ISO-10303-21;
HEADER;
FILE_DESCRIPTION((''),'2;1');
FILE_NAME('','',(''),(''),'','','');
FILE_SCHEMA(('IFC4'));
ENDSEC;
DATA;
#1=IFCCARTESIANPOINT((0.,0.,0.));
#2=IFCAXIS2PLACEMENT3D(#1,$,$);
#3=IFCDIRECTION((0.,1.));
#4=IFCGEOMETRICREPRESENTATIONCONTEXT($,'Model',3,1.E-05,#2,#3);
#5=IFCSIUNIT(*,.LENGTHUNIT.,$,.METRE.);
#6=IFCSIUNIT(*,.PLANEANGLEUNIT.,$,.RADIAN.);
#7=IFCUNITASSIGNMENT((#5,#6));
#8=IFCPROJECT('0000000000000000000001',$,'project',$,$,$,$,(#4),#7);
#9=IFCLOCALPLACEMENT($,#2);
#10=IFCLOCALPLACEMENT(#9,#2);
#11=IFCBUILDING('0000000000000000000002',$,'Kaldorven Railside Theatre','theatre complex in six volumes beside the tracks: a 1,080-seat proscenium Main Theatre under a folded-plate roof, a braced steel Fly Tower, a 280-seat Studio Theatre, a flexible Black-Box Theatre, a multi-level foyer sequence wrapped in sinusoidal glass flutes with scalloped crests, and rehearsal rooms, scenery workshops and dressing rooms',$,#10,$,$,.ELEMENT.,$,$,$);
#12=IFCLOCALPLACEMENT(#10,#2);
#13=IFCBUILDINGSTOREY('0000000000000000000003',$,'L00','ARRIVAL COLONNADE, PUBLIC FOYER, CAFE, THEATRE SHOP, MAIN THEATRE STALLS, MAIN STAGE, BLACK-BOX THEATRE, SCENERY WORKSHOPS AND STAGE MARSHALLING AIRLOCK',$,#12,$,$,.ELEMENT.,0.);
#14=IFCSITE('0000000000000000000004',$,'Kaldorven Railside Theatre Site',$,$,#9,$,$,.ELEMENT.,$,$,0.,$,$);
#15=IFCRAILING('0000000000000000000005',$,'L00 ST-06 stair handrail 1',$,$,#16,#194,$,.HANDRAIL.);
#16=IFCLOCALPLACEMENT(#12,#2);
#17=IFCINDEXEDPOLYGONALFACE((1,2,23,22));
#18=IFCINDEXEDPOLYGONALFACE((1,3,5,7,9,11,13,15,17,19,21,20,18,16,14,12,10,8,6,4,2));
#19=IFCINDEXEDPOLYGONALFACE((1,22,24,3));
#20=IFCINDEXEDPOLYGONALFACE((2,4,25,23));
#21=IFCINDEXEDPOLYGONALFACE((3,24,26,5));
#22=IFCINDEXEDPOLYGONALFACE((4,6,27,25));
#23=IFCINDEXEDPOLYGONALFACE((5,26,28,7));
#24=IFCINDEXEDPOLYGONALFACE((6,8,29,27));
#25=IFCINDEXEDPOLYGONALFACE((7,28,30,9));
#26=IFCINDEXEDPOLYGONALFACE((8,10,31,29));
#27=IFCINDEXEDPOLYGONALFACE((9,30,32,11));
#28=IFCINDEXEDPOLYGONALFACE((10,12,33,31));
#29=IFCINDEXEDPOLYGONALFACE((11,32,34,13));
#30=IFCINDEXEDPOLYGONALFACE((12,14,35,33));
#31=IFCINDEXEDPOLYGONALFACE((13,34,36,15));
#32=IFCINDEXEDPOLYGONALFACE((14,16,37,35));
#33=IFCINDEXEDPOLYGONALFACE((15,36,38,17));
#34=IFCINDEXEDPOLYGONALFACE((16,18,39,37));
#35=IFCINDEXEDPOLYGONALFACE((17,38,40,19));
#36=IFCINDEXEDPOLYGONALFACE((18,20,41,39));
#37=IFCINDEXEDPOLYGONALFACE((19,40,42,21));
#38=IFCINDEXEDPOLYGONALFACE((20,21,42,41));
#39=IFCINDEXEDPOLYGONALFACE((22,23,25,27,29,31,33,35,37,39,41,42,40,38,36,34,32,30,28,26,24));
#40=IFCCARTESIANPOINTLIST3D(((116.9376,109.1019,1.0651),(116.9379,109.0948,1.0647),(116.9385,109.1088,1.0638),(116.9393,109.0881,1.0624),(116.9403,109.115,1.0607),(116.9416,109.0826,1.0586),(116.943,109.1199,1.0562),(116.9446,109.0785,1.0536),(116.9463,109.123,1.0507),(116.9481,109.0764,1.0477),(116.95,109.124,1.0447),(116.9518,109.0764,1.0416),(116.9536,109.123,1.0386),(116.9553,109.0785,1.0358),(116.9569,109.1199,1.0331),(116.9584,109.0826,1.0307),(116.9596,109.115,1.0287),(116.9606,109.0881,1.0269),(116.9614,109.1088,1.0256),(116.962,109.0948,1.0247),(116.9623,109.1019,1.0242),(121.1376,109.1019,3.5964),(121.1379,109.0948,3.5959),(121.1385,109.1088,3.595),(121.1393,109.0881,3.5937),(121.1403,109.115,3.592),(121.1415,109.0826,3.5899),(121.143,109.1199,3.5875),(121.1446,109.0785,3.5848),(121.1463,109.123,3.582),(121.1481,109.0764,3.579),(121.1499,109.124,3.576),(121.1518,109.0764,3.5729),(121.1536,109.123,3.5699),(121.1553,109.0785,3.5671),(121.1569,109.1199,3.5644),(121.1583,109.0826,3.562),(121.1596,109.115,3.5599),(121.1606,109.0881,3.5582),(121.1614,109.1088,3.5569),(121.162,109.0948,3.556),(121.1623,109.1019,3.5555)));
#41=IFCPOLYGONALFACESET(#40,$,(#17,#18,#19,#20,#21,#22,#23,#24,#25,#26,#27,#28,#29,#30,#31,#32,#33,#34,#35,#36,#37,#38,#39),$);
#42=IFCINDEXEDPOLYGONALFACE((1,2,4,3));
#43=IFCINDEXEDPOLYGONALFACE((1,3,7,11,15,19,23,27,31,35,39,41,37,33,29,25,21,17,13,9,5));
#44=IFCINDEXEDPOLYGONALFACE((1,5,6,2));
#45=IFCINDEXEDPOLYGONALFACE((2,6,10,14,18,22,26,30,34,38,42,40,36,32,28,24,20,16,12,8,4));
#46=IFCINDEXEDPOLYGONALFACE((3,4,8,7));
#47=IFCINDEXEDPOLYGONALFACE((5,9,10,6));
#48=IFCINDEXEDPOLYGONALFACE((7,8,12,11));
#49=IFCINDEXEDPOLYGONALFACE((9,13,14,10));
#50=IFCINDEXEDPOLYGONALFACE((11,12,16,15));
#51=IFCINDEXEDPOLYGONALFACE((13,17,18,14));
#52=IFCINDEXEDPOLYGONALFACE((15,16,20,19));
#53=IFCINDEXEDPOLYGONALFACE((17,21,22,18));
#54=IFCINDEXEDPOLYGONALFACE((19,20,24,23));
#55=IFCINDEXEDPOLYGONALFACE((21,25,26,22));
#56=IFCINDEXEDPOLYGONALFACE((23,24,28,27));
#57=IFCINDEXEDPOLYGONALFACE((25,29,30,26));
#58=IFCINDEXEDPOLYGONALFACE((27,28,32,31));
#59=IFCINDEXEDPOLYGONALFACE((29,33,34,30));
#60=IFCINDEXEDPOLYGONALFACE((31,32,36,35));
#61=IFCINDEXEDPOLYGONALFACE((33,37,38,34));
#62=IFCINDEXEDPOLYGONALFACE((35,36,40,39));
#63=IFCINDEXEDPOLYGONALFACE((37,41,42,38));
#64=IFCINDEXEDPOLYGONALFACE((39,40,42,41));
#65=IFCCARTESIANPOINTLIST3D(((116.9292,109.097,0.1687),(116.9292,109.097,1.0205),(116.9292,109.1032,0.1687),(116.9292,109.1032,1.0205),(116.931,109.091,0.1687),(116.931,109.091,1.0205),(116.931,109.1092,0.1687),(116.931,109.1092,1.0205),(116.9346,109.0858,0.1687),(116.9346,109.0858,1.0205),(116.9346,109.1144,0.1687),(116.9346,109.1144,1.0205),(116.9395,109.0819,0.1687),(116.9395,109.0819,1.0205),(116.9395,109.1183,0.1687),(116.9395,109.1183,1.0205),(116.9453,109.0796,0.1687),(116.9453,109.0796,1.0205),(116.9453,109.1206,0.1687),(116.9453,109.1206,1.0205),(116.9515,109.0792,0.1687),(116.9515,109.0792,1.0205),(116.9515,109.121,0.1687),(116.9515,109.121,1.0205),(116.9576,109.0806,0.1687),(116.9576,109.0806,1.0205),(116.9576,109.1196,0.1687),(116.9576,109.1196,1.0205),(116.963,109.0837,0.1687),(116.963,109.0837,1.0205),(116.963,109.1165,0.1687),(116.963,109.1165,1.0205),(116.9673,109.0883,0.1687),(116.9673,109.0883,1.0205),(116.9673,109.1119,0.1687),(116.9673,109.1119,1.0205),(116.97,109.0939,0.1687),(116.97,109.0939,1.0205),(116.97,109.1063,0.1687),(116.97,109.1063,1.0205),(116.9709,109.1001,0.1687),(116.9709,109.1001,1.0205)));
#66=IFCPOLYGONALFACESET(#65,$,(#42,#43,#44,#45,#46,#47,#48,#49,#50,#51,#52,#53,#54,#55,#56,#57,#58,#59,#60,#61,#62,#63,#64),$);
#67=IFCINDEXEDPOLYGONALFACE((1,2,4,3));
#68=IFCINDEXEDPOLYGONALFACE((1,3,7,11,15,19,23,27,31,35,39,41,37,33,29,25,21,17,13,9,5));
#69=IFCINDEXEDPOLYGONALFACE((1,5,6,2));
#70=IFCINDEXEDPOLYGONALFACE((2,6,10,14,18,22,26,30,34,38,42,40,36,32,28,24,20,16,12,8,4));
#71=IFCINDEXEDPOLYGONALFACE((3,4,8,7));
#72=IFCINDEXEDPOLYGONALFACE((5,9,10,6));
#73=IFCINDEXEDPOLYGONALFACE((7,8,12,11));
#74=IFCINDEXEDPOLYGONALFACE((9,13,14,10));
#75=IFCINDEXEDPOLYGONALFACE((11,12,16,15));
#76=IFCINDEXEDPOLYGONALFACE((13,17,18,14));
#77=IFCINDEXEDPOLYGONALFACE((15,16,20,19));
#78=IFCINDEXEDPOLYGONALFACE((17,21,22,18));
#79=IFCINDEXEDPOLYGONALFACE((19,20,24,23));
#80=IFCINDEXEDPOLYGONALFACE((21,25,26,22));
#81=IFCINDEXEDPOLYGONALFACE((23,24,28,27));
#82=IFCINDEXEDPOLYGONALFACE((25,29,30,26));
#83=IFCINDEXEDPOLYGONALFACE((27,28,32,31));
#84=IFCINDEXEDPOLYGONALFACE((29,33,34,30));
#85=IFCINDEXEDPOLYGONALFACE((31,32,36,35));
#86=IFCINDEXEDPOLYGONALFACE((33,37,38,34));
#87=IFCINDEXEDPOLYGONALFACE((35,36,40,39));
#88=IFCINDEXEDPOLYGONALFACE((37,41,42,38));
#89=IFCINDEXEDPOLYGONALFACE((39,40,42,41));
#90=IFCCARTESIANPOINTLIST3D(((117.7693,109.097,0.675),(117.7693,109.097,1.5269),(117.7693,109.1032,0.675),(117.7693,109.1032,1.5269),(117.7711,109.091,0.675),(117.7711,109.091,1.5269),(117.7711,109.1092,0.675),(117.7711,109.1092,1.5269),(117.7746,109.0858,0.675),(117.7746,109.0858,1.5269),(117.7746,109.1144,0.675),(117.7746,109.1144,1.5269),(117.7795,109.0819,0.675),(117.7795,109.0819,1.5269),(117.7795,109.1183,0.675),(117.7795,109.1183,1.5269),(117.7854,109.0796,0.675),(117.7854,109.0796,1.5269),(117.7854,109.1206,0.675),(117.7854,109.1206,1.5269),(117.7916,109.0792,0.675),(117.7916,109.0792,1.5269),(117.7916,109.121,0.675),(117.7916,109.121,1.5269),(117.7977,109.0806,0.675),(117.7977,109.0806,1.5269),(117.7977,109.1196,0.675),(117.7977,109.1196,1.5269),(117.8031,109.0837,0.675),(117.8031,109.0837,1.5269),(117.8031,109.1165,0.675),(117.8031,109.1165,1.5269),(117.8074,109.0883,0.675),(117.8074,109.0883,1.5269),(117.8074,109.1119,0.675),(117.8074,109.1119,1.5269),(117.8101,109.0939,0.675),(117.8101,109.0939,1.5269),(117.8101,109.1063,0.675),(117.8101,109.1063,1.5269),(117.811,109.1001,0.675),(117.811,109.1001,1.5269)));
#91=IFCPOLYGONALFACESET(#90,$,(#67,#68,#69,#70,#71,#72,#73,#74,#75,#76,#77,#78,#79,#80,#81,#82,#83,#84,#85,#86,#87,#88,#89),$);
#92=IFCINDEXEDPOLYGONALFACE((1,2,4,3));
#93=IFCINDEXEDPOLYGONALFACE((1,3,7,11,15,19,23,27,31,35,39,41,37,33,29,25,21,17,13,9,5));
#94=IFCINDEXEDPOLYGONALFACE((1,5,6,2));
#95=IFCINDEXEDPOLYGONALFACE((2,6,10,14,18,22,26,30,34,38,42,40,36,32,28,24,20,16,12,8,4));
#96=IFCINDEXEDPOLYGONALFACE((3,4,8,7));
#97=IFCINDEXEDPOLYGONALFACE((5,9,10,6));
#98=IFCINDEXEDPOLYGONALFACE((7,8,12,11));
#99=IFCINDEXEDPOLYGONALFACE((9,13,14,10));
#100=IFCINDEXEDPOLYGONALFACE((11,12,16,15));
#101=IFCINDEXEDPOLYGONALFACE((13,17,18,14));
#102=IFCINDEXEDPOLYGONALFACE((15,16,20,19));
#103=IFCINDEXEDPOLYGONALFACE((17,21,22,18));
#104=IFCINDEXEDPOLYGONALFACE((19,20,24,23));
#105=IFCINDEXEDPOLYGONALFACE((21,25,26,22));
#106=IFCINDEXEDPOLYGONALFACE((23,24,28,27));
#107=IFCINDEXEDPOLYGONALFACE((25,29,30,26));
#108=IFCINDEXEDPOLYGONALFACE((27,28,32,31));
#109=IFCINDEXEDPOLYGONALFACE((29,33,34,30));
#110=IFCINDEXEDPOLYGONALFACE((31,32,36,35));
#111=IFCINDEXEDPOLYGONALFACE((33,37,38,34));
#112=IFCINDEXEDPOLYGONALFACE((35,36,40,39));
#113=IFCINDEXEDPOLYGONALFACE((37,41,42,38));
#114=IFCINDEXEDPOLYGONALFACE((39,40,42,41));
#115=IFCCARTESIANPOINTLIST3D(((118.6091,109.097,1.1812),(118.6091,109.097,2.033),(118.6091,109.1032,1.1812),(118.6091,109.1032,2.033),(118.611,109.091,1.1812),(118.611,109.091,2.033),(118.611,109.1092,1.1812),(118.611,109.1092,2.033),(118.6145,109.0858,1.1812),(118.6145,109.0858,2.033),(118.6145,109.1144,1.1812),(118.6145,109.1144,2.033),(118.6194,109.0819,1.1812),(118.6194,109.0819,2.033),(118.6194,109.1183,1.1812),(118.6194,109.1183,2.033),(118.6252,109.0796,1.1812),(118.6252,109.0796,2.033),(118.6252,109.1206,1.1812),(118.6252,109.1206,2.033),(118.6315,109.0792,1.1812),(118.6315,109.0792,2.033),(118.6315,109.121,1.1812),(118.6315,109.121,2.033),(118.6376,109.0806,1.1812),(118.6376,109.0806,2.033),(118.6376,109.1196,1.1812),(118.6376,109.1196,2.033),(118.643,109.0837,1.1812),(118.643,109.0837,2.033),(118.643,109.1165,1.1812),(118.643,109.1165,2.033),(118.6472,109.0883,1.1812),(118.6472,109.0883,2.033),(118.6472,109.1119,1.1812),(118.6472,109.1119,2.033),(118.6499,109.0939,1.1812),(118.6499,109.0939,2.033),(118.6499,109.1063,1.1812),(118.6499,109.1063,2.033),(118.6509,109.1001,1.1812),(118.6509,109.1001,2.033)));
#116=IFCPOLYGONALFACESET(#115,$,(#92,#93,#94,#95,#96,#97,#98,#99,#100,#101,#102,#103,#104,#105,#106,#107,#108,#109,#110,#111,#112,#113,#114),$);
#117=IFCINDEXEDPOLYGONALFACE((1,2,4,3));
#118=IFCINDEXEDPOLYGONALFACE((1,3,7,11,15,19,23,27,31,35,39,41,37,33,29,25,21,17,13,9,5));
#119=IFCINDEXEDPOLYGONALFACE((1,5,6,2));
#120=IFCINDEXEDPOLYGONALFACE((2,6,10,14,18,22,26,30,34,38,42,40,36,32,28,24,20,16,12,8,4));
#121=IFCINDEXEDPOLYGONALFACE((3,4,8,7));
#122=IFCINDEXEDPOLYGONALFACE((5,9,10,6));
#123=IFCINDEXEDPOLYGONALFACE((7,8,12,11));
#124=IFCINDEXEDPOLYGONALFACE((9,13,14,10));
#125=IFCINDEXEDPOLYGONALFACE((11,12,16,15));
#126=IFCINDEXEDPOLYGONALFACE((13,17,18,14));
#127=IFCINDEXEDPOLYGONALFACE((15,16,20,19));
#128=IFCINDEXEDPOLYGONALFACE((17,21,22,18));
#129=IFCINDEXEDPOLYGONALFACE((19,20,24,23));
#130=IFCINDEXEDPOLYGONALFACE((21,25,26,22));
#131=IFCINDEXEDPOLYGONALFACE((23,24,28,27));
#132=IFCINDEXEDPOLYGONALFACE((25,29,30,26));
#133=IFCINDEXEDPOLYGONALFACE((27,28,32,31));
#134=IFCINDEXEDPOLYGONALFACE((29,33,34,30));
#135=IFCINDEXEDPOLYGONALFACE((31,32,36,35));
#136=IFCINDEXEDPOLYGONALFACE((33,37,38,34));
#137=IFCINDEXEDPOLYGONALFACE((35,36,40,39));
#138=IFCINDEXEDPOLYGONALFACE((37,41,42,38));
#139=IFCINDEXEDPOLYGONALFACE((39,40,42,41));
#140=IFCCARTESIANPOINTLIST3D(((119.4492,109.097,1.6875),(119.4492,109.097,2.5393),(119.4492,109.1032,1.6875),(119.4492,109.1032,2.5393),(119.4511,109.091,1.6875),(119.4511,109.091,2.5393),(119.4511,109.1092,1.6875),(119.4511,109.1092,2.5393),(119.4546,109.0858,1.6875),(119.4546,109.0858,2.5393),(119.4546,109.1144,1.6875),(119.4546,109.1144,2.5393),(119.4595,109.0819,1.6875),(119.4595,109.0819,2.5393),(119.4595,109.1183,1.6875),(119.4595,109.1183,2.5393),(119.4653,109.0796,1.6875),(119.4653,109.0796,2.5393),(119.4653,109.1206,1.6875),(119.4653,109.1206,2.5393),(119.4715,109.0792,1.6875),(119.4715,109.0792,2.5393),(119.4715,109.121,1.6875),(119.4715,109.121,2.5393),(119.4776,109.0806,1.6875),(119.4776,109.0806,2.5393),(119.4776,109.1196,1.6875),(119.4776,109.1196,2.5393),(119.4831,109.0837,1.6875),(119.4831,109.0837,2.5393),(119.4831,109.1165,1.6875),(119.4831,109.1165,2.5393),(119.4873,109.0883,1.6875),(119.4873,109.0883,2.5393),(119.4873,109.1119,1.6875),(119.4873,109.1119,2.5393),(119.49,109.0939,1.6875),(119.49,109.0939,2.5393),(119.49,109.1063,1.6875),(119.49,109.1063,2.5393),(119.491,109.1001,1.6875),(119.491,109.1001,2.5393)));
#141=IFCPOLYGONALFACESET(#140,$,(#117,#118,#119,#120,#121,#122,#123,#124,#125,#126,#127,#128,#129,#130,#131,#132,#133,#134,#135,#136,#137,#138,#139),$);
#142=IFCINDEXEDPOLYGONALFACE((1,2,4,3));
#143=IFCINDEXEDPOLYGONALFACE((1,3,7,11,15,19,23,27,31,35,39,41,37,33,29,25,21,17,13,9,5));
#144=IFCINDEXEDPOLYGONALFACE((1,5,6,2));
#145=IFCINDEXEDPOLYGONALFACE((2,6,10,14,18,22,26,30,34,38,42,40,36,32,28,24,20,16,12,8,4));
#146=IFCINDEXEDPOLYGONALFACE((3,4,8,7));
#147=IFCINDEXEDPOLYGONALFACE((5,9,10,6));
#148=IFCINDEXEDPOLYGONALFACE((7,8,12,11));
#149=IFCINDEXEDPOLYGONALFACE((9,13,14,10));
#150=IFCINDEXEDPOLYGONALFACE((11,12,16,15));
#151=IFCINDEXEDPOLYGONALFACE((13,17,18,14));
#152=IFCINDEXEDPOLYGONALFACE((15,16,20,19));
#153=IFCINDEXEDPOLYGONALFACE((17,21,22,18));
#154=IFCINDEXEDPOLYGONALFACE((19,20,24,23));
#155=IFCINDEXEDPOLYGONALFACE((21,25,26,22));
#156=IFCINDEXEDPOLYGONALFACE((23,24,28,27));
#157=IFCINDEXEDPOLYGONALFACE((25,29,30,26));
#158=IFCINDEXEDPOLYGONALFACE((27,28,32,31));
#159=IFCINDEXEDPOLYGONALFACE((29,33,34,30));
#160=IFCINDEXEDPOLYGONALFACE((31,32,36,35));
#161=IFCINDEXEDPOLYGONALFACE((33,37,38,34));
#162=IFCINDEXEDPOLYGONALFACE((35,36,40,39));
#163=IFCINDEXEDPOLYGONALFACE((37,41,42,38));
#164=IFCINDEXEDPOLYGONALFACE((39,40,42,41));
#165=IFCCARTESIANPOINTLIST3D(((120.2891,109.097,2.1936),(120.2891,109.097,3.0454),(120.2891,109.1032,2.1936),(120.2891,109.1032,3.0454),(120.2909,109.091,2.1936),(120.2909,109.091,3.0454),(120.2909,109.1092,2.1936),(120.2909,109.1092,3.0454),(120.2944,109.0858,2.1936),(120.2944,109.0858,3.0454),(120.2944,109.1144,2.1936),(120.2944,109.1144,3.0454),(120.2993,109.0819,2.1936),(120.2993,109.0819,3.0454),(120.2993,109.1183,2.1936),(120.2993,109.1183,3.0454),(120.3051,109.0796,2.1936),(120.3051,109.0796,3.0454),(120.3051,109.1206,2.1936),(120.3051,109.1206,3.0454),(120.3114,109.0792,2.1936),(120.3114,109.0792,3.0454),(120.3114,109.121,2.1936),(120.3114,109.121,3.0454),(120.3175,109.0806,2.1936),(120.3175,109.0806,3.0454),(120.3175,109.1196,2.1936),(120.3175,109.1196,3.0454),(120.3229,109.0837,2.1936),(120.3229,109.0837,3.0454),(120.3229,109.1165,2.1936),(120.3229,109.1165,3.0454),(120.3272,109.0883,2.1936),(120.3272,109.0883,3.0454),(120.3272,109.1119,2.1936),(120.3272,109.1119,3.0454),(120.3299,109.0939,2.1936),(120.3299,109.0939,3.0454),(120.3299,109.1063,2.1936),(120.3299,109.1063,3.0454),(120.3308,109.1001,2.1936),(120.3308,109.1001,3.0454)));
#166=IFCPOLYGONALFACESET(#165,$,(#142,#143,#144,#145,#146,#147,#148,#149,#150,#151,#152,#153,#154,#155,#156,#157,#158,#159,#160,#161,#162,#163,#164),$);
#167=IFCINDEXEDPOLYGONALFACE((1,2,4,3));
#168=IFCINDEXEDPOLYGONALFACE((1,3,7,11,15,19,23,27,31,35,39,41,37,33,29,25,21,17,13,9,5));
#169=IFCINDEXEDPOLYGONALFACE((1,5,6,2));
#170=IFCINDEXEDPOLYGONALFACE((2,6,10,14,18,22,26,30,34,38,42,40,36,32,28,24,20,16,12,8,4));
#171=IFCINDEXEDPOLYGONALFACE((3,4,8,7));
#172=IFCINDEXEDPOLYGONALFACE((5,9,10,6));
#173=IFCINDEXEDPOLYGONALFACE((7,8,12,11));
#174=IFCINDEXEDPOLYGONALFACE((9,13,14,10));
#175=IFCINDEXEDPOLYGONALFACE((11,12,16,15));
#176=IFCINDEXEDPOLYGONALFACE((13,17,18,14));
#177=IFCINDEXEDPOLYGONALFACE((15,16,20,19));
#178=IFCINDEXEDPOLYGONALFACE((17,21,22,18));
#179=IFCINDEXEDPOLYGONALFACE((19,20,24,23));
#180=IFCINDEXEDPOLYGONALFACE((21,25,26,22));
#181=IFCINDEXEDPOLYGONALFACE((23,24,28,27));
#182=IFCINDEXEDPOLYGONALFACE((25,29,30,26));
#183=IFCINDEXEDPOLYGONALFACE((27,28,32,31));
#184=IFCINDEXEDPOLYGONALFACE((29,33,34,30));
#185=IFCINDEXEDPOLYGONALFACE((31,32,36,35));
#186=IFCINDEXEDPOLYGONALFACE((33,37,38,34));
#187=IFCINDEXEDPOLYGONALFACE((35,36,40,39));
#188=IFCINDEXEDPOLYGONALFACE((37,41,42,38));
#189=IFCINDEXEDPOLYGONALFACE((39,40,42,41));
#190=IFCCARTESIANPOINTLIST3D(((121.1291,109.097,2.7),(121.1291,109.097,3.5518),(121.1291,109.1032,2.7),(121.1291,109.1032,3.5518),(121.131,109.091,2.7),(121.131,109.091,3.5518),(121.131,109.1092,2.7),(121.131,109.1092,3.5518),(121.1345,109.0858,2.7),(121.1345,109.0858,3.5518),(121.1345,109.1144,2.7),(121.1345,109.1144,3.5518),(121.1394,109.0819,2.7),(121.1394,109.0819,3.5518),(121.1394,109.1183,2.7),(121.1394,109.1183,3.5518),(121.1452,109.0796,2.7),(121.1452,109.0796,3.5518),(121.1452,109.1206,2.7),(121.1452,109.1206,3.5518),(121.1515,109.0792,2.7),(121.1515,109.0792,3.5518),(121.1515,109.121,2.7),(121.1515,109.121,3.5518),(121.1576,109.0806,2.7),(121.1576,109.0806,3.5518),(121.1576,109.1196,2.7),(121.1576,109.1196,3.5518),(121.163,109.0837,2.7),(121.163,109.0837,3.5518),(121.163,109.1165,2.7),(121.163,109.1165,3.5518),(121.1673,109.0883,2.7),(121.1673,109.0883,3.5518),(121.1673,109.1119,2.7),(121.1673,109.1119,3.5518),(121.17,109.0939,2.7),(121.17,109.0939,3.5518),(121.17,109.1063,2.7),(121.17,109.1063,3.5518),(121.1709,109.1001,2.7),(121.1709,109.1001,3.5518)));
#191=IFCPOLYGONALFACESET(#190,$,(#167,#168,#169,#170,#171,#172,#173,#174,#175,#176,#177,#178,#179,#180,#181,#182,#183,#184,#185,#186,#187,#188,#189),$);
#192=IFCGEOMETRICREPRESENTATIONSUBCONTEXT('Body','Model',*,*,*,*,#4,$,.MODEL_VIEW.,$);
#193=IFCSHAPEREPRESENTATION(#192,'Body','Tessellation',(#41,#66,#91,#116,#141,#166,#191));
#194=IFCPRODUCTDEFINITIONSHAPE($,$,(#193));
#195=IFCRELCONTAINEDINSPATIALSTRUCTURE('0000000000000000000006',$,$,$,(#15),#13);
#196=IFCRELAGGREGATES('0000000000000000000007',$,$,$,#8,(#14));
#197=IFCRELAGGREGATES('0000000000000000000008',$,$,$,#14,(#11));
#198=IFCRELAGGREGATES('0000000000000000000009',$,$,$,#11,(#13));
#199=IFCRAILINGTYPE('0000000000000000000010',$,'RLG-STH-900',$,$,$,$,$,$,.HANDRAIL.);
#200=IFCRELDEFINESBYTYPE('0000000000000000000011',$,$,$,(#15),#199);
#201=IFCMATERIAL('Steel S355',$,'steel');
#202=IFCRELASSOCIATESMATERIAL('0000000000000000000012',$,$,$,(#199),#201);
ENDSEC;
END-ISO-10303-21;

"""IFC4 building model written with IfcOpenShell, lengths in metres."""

from ifc_helpers import new_model, si_unit, direction, frame, origin, origin_2d, place, context, subcontext, project, spatial, circle, extrude, material, type_object, element, save


model = new_model("IFC4")

# Units and contexts
model_context = context("Model", 3, precision=1e-05, world=origin(), true_north=direction((0.0, 1.0)))
body_context = subcontext(model_context, "Body", "Model", "MODEL_VIEW")
ifc_project = project(units=[si_unit("LENGTHUNIT", "METRE"), si_unit("PLANEANGLEUNIT", "RADIAN")], contexts=[model_context])

# Site, building, storey
site_placement = place(None, origin())
site = spatial("IfcSite", under=ifc_project, at=site_placement, Name="Kaldorven Railside Theatre Site", CompositionType="ELEMENT", RefElevation=0.0)
building_placement = place(site_placement, origin())
building = spatial("IfcBuilding", under=site, at=building_placement, Name="Kaldorven Railside Theatre", Description="theatre complex in six volumes beside the tracks: a 1,080-seat proscenium Main Theatre under a folded-plate roof, a braced steel Fly Tower, a 280-seat Studio Theatre, a flexible Black-Box Theatre, a multi-level foyer sequence wrapped in sinusoidal glass flutes with scalloped crests, and rehearsal rooms, scenery workshops and dressing rooms", CompositionType="ELEMENT")
storey_placement = place(building_placement, origin())
storey = spatial("IfcBuildingStorey", under=building, at=storey_placement, Name="L00", Description="ARRIVAL COLONNADE, PUBLIC FOYER, CAFE, THEATRE SHOP, MAIN THEATRE STALLS, MAIN STAGE, BLACK-BOX THEATRE, SCENERY WORKSHOPS AND STAGE MARSHALLING AIRLOCK", CompositionType="ELEMENT", Elevation=0.0)

# Shared definitions
ifc_material_1 = material(Name="Steel S355", Category="steel")

# Railing
railing_type_1 = type_object("IfcRailingType", Name="RLG-STH-900", PredefinedType="HANDRAIL", material=ifc_material_1)
railing_1_placement = place(storey_placement, frame((116.95, 109.1001, 0.1687)))
element("IfcRailing", 1, at=railing_1_placement, inside=storey, type_object=railing_type_1, Name="L00 ST-06 stair handrail 1", PredefinedType="HANDRAIL", context=body_context, shape_type="SweptSolid", body=[
    extrude(circle(Radius=0.0239, at=origin_2d()), frame((0.0, 0.0, 0.876), z_axis=(0.856476, 0.0, 0.516186), x_axis=(0.0, 1.0, 0.0)), (0.0, 0.0, 1.0), 4.9038),
    extrude(circle(Radius=0.021, at=origin_2d()), origin(), (0.0, 0.0, 1.0), 0.8518),
    extrude(circle(Radius=0.021, at=origin_2d()), frame((0.8401, 0.0, 0.5063)), (0.0, 0.0, 1.0), 0.8518),
    extrude(circle(Radius=0.021, at=origin_2d()), frame((1.6799, 0.0, 1.0125)), (0.0, 0.0, 1.0), 0.8518),
    extrude(circle(Radius=0.021, at=origin_2d()), frame((2.52, 0.0, 1.5188)), (0.0, 0.0, 1.0), 0.8518),
    extrude(circle(Radius=0.021, at=origin_2d()), frame((3.3599, 0.0, 2.0249)), (0.0, 0.0, 1.0), 0.8518),
    extrude(circle(Radius=0.021, at=origin_2d()), frame((4.2, 0.0, 2.5312)), (0.0, 0.0, 1.0), 0.8518),
])

save(model, "model.ifc")
